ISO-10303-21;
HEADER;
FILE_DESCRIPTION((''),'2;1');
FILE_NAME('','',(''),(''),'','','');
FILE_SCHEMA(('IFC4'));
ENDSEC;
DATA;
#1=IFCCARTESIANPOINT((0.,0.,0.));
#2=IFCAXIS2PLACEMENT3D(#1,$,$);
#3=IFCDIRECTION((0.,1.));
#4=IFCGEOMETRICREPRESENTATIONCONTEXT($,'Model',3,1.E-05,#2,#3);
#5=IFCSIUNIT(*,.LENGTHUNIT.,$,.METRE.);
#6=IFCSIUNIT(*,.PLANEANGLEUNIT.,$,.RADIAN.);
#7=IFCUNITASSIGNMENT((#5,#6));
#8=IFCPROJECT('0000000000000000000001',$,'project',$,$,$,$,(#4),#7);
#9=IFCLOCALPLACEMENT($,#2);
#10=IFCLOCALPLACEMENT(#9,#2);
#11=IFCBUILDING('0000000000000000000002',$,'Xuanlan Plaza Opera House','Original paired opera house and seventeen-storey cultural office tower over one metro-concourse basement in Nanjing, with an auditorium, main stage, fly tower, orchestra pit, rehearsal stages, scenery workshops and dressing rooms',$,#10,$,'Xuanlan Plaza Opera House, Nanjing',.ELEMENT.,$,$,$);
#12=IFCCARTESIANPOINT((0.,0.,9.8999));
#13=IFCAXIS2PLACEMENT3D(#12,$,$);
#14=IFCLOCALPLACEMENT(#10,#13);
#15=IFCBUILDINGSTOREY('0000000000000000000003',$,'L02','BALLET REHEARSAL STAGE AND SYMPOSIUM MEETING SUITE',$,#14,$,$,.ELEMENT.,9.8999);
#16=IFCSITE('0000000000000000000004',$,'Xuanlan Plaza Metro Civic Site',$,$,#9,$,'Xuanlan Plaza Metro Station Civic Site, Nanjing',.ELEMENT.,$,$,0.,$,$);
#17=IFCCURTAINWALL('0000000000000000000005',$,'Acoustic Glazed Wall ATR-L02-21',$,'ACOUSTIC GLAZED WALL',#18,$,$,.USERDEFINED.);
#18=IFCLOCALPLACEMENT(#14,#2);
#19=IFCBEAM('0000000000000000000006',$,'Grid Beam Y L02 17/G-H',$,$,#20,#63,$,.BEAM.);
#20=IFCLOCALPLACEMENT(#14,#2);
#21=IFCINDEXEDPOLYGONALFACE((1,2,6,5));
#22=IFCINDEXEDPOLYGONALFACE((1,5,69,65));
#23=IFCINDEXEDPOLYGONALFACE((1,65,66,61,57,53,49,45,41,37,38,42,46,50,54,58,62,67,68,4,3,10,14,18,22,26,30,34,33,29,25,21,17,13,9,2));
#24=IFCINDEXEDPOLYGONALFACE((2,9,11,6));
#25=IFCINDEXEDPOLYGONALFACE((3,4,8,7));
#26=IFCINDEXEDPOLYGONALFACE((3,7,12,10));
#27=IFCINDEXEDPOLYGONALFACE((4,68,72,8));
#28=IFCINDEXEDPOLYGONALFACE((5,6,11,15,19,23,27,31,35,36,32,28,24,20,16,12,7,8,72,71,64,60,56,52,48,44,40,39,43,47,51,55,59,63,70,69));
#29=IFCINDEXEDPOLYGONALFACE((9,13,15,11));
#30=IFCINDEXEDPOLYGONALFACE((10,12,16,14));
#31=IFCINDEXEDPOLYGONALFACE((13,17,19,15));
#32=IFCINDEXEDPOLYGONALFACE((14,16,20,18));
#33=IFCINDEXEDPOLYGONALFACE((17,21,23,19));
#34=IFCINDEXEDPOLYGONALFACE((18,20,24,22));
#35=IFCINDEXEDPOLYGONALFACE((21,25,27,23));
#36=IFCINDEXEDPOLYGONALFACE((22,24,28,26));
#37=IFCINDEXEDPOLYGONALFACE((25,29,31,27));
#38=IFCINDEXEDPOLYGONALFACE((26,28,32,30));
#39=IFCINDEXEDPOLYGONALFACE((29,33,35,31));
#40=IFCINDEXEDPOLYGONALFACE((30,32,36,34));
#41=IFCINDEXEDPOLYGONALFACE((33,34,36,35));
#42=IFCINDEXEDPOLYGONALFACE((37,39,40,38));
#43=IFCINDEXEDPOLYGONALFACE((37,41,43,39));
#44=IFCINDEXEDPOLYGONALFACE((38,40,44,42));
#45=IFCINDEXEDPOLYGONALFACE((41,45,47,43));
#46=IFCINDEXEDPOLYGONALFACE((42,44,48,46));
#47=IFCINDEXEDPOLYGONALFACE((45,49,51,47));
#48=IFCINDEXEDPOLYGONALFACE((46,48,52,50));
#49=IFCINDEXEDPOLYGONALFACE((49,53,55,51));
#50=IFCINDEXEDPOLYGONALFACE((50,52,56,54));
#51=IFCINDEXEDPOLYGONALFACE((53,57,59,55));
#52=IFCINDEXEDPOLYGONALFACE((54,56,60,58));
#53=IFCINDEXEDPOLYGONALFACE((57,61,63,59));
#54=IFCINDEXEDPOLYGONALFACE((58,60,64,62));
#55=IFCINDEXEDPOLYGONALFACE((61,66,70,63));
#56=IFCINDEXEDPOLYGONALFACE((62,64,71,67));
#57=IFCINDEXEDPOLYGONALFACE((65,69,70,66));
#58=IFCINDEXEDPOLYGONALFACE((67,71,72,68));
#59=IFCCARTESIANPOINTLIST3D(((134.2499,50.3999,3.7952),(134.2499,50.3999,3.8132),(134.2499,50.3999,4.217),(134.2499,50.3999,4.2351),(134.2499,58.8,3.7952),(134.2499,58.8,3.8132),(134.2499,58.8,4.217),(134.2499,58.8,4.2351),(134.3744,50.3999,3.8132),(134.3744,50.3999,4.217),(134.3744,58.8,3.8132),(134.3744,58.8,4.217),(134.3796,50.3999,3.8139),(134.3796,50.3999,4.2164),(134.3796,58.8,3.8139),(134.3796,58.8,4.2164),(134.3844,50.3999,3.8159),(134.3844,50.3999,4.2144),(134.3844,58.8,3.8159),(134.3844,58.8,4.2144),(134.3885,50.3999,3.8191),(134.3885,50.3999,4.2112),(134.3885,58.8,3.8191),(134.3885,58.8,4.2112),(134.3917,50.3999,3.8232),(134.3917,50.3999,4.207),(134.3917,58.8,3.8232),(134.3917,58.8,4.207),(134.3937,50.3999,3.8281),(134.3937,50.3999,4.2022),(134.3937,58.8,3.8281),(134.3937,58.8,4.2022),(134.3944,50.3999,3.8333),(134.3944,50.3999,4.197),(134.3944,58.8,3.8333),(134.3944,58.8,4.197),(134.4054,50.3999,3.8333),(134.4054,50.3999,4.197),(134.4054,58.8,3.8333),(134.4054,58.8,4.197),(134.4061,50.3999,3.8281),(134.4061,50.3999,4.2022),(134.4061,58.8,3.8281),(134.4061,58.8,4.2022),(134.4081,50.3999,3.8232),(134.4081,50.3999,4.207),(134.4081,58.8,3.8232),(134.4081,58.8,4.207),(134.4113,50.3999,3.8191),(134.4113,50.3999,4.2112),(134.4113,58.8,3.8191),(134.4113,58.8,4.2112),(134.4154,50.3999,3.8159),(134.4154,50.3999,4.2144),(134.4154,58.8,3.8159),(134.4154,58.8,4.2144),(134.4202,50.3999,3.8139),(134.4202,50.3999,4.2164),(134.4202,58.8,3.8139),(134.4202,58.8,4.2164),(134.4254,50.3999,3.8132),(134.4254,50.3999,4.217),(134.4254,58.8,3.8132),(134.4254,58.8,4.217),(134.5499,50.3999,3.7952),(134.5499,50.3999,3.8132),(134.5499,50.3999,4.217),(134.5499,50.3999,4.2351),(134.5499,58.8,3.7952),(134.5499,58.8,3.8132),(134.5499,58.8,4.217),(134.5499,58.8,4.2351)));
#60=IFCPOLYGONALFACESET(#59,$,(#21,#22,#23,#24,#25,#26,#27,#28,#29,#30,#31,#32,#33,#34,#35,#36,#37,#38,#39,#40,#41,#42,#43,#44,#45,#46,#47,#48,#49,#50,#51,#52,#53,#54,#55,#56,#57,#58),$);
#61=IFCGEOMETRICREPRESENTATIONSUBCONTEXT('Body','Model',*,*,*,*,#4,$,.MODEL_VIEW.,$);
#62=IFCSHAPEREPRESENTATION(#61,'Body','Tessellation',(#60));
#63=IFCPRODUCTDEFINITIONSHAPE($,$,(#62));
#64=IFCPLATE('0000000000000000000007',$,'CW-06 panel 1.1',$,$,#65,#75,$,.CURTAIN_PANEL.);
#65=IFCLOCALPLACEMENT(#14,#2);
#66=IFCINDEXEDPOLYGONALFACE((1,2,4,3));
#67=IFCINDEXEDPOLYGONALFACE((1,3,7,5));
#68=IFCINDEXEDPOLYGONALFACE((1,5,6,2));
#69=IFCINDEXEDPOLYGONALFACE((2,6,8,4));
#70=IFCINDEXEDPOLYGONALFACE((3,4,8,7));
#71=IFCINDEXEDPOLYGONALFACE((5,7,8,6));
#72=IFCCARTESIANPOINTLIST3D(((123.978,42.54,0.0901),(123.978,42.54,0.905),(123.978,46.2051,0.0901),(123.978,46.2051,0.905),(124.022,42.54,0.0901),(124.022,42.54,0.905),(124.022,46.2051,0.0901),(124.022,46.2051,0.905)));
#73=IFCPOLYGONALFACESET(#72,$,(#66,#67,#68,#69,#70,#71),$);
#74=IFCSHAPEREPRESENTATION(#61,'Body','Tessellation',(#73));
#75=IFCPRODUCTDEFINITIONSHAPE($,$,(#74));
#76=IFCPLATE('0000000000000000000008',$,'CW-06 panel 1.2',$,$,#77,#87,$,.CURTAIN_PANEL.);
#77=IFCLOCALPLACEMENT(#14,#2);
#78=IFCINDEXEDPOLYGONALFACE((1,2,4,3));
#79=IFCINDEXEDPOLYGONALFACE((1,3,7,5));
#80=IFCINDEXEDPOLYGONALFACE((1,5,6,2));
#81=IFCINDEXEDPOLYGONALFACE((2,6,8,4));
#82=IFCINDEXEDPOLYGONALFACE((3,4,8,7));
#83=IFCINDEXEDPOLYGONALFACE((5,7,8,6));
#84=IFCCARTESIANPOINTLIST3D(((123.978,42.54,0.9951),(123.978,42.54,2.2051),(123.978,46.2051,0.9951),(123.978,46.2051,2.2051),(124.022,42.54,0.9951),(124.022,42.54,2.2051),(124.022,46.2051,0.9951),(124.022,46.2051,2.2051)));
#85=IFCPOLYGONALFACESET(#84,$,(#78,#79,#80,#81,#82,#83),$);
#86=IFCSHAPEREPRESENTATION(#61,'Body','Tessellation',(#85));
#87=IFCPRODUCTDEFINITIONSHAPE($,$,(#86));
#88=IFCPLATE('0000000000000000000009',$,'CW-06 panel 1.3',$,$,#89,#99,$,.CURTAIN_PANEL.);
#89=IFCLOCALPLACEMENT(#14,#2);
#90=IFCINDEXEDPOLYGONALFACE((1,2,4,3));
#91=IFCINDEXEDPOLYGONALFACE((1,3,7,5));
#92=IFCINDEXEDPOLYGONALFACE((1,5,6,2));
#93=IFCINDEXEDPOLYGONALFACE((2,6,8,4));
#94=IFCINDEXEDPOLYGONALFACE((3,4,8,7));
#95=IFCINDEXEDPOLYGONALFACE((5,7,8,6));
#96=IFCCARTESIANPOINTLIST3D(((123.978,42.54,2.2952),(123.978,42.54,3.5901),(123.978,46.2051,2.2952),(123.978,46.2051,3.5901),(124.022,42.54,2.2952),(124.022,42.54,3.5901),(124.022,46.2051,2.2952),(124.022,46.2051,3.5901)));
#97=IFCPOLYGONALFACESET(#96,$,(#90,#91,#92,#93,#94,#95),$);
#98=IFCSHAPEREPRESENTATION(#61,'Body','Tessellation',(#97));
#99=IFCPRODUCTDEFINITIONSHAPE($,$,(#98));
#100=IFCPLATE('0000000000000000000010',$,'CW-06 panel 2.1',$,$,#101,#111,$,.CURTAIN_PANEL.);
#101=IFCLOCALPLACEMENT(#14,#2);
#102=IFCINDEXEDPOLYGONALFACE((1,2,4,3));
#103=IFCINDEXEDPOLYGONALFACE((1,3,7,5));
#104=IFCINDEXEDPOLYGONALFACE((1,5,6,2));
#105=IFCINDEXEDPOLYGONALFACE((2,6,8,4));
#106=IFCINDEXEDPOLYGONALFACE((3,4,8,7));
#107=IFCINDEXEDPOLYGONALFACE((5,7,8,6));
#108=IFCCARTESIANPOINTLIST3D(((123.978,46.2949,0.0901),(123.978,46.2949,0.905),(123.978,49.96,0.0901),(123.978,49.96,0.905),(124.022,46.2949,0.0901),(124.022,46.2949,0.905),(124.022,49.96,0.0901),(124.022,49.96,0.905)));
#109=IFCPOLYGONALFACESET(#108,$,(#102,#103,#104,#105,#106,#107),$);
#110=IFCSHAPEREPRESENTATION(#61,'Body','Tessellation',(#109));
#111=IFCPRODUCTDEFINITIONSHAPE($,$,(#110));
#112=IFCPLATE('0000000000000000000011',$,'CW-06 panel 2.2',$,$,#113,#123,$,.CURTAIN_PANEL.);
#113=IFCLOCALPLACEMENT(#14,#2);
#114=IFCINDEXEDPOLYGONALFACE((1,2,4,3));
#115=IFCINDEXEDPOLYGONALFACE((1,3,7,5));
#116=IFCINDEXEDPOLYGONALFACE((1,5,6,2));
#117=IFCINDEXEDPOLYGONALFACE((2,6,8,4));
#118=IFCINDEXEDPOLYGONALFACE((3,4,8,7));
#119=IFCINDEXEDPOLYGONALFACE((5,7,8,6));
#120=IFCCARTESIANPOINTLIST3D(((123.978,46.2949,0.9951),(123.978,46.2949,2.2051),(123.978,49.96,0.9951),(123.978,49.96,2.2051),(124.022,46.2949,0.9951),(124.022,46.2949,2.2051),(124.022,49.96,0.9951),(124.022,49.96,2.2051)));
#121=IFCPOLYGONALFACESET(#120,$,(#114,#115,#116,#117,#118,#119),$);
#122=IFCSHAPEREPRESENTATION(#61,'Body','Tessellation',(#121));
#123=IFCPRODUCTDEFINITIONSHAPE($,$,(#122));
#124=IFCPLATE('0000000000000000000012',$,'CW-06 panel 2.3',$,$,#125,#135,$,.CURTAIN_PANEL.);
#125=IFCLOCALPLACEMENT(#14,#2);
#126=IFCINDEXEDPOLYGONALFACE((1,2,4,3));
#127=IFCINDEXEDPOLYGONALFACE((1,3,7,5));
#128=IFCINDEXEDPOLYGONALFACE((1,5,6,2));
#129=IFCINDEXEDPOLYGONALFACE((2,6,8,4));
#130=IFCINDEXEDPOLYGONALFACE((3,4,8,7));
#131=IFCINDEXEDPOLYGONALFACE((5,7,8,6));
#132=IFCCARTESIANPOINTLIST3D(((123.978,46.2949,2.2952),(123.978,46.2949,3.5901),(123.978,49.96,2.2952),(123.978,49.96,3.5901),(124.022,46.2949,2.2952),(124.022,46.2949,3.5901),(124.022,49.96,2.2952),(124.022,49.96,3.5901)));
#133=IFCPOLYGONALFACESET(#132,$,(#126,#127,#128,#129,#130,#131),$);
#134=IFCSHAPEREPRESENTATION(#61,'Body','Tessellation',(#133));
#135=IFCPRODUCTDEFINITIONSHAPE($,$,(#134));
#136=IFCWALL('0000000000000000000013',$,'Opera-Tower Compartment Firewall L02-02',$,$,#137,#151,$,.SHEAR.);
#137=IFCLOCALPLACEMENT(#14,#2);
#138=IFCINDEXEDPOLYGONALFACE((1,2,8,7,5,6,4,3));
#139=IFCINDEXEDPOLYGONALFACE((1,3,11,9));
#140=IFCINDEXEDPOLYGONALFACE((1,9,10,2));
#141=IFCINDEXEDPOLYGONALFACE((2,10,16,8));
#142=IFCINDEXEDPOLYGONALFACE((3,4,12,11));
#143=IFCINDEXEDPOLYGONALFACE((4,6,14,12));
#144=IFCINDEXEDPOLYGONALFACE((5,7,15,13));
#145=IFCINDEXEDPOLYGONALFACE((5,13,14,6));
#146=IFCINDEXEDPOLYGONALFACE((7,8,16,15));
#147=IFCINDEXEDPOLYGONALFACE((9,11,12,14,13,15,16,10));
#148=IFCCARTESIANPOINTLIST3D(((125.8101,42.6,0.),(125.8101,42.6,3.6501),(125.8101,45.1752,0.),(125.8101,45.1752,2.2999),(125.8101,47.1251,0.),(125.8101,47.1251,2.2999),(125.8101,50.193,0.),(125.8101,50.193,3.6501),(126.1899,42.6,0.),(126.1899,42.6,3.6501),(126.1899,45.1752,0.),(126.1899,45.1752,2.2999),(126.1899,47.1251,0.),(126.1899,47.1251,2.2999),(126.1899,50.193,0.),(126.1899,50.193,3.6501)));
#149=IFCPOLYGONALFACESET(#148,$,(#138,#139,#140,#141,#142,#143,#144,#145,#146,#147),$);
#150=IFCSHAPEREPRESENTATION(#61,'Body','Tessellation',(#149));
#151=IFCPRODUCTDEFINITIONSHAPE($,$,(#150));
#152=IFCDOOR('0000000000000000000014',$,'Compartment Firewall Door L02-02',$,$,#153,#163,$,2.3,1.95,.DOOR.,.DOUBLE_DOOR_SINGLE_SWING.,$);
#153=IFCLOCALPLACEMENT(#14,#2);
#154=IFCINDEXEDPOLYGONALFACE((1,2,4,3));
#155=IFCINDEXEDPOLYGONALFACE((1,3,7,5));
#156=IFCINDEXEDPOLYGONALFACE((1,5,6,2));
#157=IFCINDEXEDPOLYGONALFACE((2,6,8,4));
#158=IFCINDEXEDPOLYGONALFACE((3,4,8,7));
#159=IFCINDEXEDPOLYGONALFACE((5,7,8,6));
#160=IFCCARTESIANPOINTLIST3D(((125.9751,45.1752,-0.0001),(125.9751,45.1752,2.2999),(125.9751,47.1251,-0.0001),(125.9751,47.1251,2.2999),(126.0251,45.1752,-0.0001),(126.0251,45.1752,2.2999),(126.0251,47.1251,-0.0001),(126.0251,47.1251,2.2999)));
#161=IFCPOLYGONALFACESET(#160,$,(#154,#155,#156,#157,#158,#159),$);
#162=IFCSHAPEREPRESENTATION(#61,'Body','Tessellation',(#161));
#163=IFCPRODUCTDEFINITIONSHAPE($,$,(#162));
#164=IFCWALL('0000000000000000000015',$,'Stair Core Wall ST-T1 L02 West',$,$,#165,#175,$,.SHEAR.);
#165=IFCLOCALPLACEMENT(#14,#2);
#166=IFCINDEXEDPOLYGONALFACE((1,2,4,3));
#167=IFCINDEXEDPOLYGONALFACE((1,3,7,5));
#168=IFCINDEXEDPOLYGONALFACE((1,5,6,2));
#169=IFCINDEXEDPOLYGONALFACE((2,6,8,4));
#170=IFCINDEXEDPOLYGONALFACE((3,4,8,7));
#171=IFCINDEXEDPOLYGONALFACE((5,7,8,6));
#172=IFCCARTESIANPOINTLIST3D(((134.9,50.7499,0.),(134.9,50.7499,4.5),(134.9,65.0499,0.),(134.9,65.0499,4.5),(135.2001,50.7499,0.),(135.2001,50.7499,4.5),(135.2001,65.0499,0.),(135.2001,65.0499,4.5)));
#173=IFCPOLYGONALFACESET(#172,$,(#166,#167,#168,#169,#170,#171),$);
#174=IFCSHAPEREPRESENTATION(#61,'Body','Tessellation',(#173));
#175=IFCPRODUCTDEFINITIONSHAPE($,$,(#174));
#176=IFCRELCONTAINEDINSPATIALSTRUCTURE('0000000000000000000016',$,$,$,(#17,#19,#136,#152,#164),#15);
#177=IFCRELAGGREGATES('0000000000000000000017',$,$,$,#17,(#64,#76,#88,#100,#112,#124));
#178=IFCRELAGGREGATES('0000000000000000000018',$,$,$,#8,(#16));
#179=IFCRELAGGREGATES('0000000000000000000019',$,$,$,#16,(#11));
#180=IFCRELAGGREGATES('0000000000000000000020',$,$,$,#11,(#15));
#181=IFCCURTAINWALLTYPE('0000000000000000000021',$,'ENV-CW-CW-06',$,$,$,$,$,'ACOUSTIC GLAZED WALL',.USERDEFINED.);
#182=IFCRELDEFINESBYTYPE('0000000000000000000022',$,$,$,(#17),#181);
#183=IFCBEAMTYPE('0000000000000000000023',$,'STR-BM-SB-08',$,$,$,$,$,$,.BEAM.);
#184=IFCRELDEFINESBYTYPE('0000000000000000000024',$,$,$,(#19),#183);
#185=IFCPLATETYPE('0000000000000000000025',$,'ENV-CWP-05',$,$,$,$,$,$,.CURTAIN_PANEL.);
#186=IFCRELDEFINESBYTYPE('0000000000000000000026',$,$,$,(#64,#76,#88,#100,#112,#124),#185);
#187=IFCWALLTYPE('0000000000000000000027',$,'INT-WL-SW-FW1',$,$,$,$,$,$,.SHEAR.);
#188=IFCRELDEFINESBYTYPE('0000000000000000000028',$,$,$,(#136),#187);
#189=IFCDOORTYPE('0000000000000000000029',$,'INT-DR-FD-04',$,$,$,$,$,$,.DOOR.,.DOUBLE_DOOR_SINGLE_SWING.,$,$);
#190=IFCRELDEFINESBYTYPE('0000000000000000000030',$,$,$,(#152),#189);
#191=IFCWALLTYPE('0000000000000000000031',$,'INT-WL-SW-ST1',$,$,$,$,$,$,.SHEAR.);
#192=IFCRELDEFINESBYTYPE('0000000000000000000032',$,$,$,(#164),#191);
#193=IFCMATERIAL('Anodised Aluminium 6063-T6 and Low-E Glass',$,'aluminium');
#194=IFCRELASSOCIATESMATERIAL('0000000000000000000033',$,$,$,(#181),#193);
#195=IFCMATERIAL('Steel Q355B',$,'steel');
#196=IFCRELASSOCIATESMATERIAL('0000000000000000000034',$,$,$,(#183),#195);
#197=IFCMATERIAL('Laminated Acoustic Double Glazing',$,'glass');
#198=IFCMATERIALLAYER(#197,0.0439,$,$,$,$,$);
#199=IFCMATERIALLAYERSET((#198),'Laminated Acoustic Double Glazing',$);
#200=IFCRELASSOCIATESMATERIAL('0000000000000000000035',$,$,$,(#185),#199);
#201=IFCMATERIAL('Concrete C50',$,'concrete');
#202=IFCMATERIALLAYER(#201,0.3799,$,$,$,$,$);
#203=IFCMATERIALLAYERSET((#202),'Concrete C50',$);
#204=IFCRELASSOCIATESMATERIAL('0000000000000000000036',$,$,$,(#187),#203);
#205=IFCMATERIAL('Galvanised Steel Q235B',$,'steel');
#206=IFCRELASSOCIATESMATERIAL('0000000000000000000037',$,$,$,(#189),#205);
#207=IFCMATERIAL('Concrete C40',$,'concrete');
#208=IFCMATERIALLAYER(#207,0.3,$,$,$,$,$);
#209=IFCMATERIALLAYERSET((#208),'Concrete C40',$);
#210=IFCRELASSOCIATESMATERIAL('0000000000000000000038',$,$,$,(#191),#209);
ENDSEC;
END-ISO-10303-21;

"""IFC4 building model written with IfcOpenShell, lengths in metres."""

from ifc_helpers import new_model, si_unit, direction, frame, frame_2d, origin, origin_2d, place, context, subcontext, project, spatial, rectangle, i_section, extrude, material, layer, layer_set, material_profile, profile_set, type_object, element, fill, aggregate, save


model = new_model("IFC4")

# Units and contexts
model_context = context("Model", 3, precision=1e-05, world=origin(), true_north=direction((0.0, 1.0)))
body_context = subcontext(model_context, "Body", "Model", "MODEL_VIEW")
ifc_project = project(units=[si_unit("LENGTHUNIT", "METRE"), si_unit("PLANEANGLEUNIT", "RADIAN")], contexts=[model_context])

# Site, building, storey
site_placement = place(None, origin())
site = spatial("IfcSite", under=ifc_project, at=site_placement, Name="Xuanlan Plaza Metro Civic Site", LongName="Xuanlan Plaza Metro Station Civic Site, Nanjing", CompositionType="ELEMENT", RefElevation=0.0)
building_placement = place(site_placement, origin())
building = spatial("IfcBuilding", under=site, at=building_placement, Name="Xuanlan Plaza Opera House", Description="Original paired opera house and seventeen-storey cultural office tower over one metro-concourse basement in Nanjing, with an auditorium, main stage, fly tower, orchestra pit, rehearsal stages, scenery workshops and dressing rooms", LongName="Xuanlan Plaza Opera House, Nanjing", CompositionType="ELEMENT")
storey_placement = place(building_placement, frame((0.0, 0.0, 9.8999)))
storey = spatial("IfcBuildingStorey", under=building, at=storey_placement, Name="L02", Description="BALLET REHEARSAL STAGE AND SYMPOSIUM MEETING SUITE", CompositionType="ELEMENT", Elevation=9.8999)

# Curtain wall
ifc_material_1 = material(Name="Anodised Aluminium 6063-T6 and Low-E Glass", Category="aluminium")
curtain_wall_type = type_object("IfcCurtainWallType", Name="ENV-CW-CW-06", ElementType="ACOUSTIC GLAZED WALL", PredefinedType="USERDEFINED", material=ifc_material_1)
curtain_wall_placement = place(storey_placement, origin())
curtain_wall = element("IfcCurtainWall", 1, at=curtain_wall_placement, inside=storey, type_object=curtain_wall_type, Name="Acoustic Glazed Wall ATR-L02-21", ObjectType="ACOUSTIC GLAZED WALL", PredefinedType="USERDEFINED")

# Beam
ifc_material_2 = material(Name="Concrete C40", Category="concrete")
ifc_material_3 = material(Name="Steel Q355B", Category="steel")
ifc_material_profile_1 = material_profile(ifc_material_3, i_section(OverallWidth=0.3, OverallDepth=0.4399, WebThickness=0.011, FlangeThickness=0.0181, FilletRadius=0.02, at=origin_2d()), Name="HM 440x300x11x18")
ifc_profile_set_1 = profile_set([ifc_material_profile_1], Name="Steel Q355B")
beam_type_1 = type_object("IfcBeamType", Name="STR-BM-SB-08", PredefinedType="BEAM", material=ifc_profile_set_1)
beam_1_placement = place(storey_placement, frame((134.3999, 50.3999, 4.0151), z_axis=(0.0, 1.0, 0.0), x_axis=(-1.0, 0.0, 0.0)))
element("IfcBeam", 2, at=beam_1_placement, inside=storey, type_object=beam_type_1, Name="Grid Beam Y L02 17/G-H", PredefinedType="BEAM", context=body_context, shape_type="SweptSolid", body=[
    extrude(i_section(OverallWidth=0.3, OverallDepth=0.4399, WebThickness=0.011, FlangeThickness=0.0181, FilletRadius=0.02, at=origin_2d()), origin(), (0.0, 0.0, 1.0), 8.4001),
])

# Plates
ifc_material_4 = material(Name="Laminated Acoustic Double Glazing", Category="glass")
ifc_layer_1 = layer(ifc_material_4, 0.0439)
ifc_layer_set_1 = layer_set([ifc_layer_1], Name="Laminated Acoustic Double Glazing")
plate_type = type_object("IfcPlateType", Name="ENV-CWP-05", PredefinedType="CURTAIN_PANEL", material=ifc_layer_set_1)
plate_1_placement = place(storey_placement, frame((124.0, 44.3726, 0.0901), z_axis=(0.0, 0.0, 1.0), x_axis=(0.0, 1.0, 0.0)))
plate_1 = element("IfcPlate", 3, at=plate_1_placement, type_object=plate_type, Name="CW-06 panel 1.1", PredefinedType="CURTAIN_PANEL", context=body_context, shape_type="SweptSolid", body=[
    extrude(rectangle(XDim=3.665, YDim=0.0439, at=origin_2d()), origin(), (0.0, 0.0, 1.0), 0.8149),
])
plate_2_placement = place(storey_placement, frame((124.0, 44.3726, 0.9951), z_axis=(0.0, 0.0, 1.0), x_axis=(0.0, 1.0, 0.0)))
plate_2 = element("IfcPlate", 4, at=plate_2_placement, type_object=plate_type, Name="CW-06 panel 1.2", PredefinedType="CURTAIN_PANEL", context=body_context, shape_type="SweptSolid", body=[
    extrude(rectangle(XDim=3.665, YDim=0.0439, at=origin_2d()), origin(), (0.0, 0.0, 1.0), 1.21),
])
plate_3_placement = place(storey_placement, frame((124.0, 44.3726, 2.2952), z_axis=(0.0, 0.0, 1.0), x_axis=(0.0, 1.0, 0.0)))
plate_3 = element("IfcPlate", 5, at=plate_3_placement, type_object=plate_type, Name="CW-06 panel 1.3", PredefinedType="CURTAIN_PANEL", context=body_context, shape_type="SweptSolid", body=[
    extrude(rectangle(XDim=3.665, YDim=0.0439, at=origin_2d()), origin(), (0.0, 0.0, 1.0), 1.2949),
])
plate_4_placement = place(storey_placement, frame((124.0, 48.1274, 0.0901), z_axis=(0.0, 0.0, 1.0), x_axis=(0.0, 1.0, 0.0)))
plate_4 = element("IfcPlate", 6, at=plate_4_placement, type_object=plate_type, Name="CW-06 panel 2.1", PredefinedType="CURTAIN_PANEL", context=body_context, shape_type="SweptSolid", body=[
    extrude(rectangle(XDim=3.665, YDim=0.0439, at=origin_2d()), origin(), (0.0, 0.0, 1.0), 0.8149),
])
plate_5_placement = place(storey_placement, frame((124.0, 48.1274, 0.9951), z_axis=(0.0, 0.0, 1.0), x_axis=(0.0, 1.0, 0.0)))
plate_5 = element("IfcPlate", 7, at=plate_5_placement, type_object=plate_type, Name="CW-06 panel 2.2", PredefinedType="CURTAIN_PANEL", context=body_context, shape_type="SweptSolid", body=[
    extrude(rectangle(XDim=3.665, YDim=0.0439, at=origin_2d()), origin(), (0.0, 0.0, 1.0), 1.21),
])
plate_6_placement = place(storey_placement, frame((124.0, 48.1274, 2.2952), z_axis=(0.0, 0.0, 1.0), x_axis=(0.0, 1.0, 0.0)))
plate_6 = element("IfcPlate", 8, at=plate_6_placement, type_object=plate_type, Name="CW-06 panel 2.3", PredefinedType="CURTAIN_PANEL", context=body_context, shape_type="SweptSolid", body=[
    extrude(rectangle(XDim=3.665, YDim=0.0439, at=origin_2d()), origin(), (0.0, 0.0, 1.0), 1.2949),
])
aggregate(curtain_wall, [plate_1, plate_2, plate_3, plate_4, plate_5, plate_6])

# Wall, opening, door
ifc_material_5 = material(Name="Concrete C50", Category="concrete")
ifc_layer_2 = layer(ifc_material_5, 0.3799)
ifc_layer_set_2 = layer_set([ifc_layer_2], Name="Concrete C50")
wall_type_1 = type_object("IfcWallType", Name="INT-WL-SW-FW1", PredefinedType="SHEAR", material=ifc_layer_set_2)
wall_1_placement = place(storey_placement, frame((126.0, 42.6001, 0.0), z_axis=(0.0, 0.0, 1.0), x_axis=(0.0, 1.0, 0.0)))
wall_1 = element("IfcWall", 9, at=wall_1_placement, inside=storey, type_object=wall_type_1, Name="Opera-Tower Compartment Firewall L02-02", PredefinedType="SHEAR", context=body_context, shape_type="SweptSolid", body=[
    extrude(rectangle(XDim=7.593, YDim=0.3799, at=frame_2d((3.7964, 0.0))), origin(), (0.0, 0.0, 1.0), 3.6501),
])
opening_1_placement = place(wall_1_placement, frame((2.575, 0.0, 0.0)))
opening_1 = element("IfcOpeningElement", 10, at=opening_1_placement, cuts=wall_1, PredefinedType="OPENING", context=body_context, shape_type="SweptSolid", body=[
    extrude(rectangle(XDim=1.95, YDim=2.3, at=frame_2d((0.9751, 1.1499))), frame((0.0, 0.2, 0.0), z_axis=(0.0, -1.0, 0.0), x_axis=(1.0, 0.0, 0.0)), (0.0, 0.0, 1.0), 0.3999),
])
ifc_material_6 = material(Name="Galvanised Steel Q235B", Category="steel")
door_type_1 = type_object("IfcDoorType", Name="INT-DR-FD-04", OperationType="DOUBLE_DOOR_SINGLE_SWING", PredefinedType="DOOR", material=ifc_material_6)
door_1_placement = place(opening_1_placement, origin())
door_1 = element("IfcDoor", 11, at=door_1_placement, inside=storey, type_object=door_type_1, Name="Compartment Firewall Door L02-02", OperationType="DOUBLE_DOOR_SINGLE_SWING", OverallHeight=2.3, OverallWidth=1.95, PredefinedType="DOOR", context=body_context, shape_type="SweptSolid", body=[
    extrude(rectangle(XDim=1.95, YDim=2.3, at=frame_2d((0.9751, 1.1499))), frame((0.0, 0.0249, 0.0), z_axis=(0.0, -1.0, 0.0), x_axis=(1.0, 0.0, 0.0)), (0.0, 0.0, 1.0), 0.05),
])
fill(opening_1, door_1)
ifc_layer_3 = layer(ifc_material_2, 0.3)
ifc_layer_set_3 = layer_set([ifc_layer_3], Name="Concrete C40")
wall_type_2 = type_object("IfcWallType", Name="INT-WL-SW-ST1", PredefinedType="SHEAR", material=ifc_layer_set_3)

# Wall
wall_2_placement = place(storey_placement, frame((135.05, 50.75, 0.0), z_axis=(0.0, 0.0, 1.0), x_axis=(0.0, 1.0, 0.0)))
element("IfcWall", 12, at=wall_2_placement, inside=storey, type_object=wall_type_2, Name="Stair Core Wall ST-T1 L02 West", PredefinedType="SHEAR", context=body_context, shape_type="SweptSolid", body=[
    extrude(rectangle(XDim=14.3, YDim=0.3, at=frame_2d((7.1499, 0.0))), origin(), (0.0, 0.0, 1.0), 4.5),
])

save(model, "model.ifc")
